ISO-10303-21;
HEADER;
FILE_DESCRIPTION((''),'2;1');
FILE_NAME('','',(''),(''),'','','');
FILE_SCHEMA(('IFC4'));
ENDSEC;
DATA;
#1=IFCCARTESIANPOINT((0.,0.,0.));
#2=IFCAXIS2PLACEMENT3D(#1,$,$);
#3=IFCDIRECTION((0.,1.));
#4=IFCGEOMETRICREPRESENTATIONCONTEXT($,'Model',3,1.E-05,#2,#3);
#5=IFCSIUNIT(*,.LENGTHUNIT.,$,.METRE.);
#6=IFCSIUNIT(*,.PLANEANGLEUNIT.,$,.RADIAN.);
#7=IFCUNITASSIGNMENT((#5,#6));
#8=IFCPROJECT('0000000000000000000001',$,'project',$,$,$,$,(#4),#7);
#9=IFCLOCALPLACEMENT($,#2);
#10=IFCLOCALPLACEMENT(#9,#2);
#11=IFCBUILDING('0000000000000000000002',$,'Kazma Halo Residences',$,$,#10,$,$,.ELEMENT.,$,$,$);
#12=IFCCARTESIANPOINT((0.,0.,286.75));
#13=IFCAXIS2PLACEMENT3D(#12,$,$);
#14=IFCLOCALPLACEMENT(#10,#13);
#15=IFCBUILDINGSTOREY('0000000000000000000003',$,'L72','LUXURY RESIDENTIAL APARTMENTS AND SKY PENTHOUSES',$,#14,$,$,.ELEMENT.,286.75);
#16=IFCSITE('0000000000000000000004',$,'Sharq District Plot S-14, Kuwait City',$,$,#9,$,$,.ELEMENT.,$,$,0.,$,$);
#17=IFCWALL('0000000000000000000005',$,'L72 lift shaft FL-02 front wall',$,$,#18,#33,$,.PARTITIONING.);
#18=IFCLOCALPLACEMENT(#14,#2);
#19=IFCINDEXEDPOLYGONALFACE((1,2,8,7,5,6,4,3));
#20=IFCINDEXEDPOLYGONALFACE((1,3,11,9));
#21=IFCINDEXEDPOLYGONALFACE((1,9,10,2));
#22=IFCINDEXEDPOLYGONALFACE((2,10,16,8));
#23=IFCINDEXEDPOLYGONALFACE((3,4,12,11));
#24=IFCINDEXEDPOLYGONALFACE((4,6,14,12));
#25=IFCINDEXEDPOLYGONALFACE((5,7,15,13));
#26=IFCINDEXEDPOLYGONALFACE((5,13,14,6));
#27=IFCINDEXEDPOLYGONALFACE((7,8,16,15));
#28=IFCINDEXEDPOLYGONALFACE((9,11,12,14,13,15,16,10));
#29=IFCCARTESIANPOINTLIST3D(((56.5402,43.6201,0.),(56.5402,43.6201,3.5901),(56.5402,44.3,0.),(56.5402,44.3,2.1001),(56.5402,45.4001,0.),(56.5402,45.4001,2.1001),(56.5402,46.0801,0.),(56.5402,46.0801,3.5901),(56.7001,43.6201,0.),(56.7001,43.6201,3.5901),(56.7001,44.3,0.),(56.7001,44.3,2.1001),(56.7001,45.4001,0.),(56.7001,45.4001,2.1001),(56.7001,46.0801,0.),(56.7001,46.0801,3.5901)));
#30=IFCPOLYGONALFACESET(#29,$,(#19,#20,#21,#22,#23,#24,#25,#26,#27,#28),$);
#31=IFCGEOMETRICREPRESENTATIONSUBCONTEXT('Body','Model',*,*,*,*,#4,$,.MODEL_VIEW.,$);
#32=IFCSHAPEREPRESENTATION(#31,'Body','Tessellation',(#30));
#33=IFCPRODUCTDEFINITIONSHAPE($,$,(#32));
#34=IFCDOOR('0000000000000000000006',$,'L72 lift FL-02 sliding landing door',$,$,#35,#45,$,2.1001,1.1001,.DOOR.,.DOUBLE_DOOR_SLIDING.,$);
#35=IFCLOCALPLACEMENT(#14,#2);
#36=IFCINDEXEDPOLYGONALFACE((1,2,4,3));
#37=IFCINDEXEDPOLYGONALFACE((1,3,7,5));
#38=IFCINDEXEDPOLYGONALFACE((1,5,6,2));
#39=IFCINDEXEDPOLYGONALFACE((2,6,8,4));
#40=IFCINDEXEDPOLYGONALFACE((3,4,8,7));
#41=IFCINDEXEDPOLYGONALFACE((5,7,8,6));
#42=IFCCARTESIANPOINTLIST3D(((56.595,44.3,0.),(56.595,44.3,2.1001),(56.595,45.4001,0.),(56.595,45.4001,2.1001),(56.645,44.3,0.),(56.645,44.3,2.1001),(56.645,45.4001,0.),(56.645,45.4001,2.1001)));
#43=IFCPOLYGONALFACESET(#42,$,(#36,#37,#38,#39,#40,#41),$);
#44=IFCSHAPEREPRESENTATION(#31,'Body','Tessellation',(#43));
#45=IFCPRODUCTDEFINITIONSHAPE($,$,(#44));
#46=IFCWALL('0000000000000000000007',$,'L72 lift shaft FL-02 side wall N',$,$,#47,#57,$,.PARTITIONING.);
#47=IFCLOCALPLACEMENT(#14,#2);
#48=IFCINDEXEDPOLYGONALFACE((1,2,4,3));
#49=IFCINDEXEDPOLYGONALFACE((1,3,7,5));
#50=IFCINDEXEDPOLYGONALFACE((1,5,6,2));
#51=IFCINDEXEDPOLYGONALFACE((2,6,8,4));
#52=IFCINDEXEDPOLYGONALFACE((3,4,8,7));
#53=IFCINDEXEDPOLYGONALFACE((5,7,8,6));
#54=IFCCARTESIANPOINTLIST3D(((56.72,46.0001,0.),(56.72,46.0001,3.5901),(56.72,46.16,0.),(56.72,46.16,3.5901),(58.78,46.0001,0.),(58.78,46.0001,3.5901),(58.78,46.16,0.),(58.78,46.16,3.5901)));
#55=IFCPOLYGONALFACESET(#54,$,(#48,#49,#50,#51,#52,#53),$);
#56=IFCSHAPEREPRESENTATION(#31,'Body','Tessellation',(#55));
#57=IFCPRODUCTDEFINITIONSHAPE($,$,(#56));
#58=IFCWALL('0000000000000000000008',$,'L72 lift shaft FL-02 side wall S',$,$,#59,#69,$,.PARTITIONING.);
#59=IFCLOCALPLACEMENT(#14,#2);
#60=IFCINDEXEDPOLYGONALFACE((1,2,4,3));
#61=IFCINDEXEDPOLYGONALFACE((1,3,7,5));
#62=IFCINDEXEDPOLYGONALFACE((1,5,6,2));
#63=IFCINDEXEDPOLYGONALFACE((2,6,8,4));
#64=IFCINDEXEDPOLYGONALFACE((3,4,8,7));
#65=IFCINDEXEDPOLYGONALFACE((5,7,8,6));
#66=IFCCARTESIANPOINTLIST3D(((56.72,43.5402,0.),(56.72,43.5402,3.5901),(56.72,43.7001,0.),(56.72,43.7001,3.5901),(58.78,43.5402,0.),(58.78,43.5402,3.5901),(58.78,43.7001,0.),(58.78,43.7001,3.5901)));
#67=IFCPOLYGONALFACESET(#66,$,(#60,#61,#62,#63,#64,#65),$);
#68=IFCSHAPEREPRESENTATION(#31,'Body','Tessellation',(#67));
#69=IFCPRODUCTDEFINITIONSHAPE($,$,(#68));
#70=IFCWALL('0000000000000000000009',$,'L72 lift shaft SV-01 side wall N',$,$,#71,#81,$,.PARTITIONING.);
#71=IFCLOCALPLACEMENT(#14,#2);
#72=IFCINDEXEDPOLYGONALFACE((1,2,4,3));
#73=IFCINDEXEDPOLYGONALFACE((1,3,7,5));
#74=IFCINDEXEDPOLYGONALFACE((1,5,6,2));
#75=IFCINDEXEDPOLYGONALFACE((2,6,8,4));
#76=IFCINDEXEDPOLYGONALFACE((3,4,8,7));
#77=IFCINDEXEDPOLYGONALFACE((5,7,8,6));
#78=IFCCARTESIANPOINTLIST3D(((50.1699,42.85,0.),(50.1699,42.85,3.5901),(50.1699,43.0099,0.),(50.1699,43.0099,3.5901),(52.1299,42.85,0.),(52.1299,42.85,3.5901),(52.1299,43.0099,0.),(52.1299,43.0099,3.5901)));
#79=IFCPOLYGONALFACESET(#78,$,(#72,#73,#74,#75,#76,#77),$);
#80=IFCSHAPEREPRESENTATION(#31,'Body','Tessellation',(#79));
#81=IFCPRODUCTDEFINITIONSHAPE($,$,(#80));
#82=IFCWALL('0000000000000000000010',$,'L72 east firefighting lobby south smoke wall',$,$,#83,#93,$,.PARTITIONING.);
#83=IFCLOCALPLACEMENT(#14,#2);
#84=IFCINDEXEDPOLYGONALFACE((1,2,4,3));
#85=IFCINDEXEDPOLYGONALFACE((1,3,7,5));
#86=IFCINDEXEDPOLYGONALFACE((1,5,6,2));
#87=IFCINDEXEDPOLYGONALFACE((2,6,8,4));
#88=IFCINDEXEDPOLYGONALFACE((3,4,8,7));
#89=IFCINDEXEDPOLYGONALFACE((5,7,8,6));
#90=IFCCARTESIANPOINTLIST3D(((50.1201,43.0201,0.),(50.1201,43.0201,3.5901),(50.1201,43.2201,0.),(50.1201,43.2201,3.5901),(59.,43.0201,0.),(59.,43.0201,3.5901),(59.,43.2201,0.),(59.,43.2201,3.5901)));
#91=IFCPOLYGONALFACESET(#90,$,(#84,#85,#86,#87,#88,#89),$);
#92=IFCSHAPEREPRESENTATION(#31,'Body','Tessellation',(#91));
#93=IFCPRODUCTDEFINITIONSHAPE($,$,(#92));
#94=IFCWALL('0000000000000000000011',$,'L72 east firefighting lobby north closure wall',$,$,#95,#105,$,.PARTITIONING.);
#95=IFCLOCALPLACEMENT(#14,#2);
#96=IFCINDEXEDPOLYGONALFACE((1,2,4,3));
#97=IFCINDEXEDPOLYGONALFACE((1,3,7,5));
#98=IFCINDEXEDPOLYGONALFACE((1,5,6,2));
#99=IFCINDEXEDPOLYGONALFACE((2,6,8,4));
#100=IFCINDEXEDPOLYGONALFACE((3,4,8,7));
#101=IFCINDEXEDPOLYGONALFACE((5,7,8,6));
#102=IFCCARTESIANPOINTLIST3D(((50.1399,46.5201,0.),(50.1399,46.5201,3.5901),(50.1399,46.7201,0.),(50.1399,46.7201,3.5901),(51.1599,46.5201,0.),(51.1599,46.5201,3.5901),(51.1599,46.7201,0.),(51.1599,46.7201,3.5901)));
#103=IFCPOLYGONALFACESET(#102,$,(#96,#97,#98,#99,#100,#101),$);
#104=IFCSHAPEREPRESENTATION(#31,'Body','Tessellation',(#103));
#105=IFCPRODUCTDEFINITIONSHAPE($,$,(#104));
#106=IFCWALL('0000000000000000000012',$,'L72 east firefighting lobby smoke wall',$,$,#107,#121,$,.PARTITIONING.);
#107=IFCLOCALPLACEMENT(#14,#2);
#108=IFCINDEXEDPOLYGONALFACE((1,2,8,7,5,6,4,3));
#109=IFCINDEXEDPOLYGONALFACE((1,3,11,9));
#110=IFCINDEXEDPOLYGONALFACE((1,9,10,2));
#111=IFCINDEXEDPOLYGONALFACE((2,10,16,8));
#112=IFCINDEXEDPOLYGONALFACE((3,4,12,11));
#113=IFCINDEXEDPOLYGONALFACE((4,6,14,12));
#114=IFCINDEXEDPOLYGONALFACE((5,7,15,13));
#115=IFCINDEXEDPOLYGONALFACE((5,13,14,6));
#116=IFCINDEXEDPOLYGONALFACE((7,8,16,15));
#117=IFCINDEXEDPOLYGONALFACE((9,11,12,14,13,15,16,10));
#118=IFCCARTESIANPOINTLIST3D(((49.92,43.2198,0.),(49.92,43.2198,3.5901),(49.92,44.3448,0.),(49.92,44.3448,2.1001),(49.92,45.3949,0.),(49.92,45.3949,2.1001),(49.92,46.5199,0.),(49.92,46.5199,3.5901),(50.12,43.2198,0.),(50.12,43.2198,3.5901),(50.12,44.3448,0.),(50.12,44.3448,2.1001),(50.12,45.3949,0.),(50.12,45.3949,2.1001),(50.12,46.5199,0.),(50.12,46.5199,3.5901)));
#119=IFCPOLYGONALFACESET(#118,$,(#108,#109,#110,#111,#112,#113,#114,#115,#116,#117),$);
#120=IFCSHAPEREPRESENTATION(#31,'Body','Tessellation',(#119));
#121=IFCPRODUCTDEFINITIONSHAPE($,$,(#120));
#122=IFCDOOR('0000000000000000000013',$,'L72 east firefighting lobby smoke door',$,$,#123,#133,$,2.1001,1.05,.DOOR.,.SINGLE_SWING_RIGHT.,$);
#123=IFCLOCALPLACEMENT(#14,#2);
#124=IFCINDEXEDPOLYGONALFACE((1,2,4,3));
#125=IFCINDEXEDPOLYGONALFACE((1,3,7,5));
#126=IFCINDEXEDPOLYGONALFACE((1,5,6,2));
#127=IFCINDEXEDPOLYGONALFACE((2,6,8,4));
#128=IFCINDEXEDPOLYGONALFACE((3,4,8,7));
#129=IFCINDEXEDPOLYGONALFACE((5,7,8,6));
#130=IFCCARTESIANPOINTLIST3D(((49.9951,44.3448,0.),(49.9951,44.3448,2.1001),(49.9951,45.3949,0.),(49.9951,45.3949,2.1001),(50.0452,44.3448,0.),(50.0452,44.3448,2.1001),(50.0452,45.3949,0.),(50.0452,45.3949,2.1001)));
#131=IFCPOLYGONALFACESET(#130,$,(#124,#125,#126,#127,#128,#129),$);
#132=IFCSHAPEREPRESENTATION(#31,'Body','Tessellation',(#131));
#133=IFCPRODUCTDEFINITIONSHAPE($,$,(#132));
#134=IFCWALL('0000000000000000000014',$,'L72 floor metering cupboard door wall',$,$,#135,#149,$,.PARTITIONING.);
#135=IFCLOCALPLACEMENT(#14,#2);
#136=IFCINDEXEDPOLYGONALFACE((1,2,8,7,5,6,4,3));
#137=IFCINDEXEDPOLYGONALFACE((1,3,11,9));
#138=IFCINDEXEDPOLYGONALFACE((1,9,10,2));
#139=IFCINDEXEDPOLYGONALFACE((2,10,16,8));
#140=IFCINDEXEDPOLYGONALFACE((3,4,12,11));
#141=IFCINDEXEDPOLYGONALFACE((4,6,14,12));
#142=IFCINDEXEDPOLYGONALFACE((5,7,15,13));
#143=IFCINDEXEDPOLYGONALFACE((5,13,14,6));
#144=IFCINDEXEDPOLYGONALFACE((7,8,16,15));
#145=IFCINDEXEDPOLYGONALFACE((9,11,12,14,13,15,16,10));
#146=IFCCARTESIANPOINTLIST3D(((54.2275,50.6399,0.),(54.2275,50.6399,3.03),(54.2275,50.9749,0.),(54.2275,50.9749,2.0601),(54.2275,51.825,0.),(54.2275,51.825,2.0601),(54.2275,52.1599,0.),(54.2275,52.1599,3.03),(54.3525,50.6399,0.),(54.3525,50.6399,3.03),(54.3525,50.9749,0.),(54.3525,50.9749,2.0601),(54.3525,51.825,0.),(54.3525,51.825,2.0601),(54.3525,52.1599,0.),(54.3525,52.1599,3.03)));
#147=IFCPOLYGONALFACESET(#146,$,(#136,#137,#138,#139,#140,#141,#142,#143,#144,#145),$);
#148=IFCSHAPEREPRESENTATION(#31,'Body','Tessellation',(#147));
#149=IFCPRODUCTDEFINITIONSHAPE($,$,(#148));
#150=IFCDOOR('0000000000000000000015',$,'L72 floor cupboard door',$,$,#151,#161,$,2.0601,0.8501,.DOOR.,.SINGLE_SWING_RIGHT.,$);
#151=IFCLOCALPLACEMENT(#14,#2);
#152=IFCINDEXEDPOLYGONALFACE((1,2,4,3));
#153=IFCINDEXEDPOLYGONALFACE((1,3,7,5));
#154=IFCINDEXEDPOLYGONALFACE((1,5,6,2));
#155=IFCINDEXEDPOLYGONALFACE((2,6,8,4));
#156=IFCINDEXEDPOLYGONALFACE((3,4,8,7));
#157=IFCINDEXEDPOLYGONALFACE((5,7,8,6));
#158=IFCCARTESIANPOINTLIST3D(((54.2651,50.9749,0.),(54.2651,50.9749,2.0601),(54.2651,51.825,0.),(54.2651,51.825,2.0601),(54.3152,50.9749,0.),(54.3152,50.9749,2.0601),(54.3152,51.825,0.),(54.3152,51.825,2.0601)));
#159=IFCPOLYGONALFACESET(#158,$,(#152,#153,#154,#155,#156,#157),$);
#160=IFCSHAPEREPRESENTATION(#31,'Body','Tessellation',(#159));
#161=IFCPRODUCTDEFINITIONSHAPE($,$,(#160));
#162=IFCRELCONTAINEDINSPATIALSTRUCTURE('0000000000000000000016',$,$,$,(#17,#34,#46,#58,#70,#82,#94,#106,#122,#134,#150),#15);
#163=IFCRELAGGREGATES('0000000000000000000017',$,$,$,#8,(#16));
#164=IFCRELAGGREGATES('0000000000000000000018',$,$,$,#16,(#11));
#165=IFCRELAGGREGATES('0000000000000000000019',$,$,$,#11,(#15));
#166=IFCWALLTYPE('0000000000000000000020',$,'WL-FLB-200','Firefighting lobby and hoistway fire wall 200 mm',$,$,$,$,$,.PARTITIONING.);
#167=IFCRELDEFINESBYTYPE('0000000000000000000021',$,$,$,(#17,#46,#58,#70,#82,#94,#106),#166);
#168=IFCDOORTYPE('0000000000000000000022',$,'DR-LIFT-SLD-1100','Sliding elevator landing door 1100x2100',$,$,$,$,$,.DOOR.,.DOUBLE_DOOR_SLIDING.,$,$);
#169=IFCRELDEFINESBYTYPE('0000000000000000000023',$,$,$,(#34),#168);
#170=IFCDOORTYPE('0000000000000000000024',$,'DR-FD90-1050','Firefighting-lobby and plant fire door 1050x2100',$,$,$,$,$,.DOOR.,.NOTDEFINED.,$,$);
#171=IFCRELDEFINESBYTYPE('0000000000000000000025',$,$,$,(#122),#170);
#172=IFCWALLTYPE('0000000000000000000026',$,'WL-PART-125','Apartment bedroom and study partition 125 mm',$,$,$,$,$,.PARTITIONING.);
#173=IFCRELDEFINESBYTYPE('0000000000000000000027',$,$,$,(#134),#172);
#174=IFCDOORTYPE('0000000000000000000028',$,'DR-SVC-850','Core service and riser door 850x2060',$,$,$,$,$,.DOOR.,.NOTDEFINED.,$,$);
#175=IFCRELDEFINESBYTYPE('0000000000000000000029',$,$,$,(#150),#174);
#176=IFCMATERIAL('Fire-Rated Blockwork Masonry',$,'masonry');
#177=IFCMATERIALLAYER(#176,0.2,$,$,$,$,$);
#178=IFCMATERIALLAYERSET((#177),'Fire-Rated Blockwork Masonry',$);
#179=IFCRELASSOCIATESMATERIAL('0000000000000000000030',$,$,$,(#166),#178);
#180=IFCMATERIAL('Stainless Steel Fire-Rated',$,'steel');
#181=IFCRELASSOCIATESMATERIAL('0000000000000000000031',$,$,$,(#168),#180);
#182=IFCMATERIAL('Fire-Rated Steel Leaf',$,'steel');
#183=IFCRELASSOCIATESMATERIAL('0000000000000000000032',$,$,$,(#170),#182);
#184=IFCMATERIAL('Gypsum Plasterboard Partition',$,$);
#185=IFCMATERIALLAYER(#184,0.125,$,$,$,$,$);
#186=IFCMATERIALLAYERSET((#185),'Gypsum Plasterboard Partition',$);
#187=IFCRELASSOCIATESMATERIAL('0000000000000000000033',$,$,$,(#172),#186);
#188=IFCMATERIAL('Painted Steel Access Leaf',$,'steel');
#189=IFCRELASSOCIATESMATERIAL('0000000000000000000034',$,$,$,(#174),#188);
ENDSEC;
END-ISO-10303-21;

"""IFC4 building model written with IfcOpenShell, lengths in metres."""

from ifc_helpers import new_model, si_unit, direction, frame, frame_2d, origin, place, context, subcontext, project, spatial, rectangle, extrude, material, layer, layer_set, type_object, element, fill, save


model = new_model("IFC4")

# Units and contexts
model_context = context("Model", 3, precision=1e-05, world=origin(), true_north=direction((0.0, 1.0)))
body_context = subcontext(model_context, "Body", "Model", "MODEL_VIEW")
ifc_project = project(units=[si_unit("LENGTHUNIT", "METRE"), si_unit("PLANEANGLEUNIT", "RADIAN")], contexts=[model_context])

# Site, building, storey
site_placement = place(None, origin())
site = spatial("IfcSite", under=ifc_project, at=site_placement, Name="Sharq District Plot S-14, Kuwait City", CompositionType="ELEMENT", RefElevation=0.0)
building_placement = place(site_placement, origin())
building = spatial("IfcBuilding", under=site, at=building_placement, Name="Kazma Halo Residences", CompositionType="ELEMENT")
storey_placement = place(building_placement, frame((0.0, 0.0, 286.75)))
storey = spatial("IfcBuildingStorey", under=building, at=storey_placement, Name="L72", Description="LUXURY RESIDENTIAL APARTMENTS AND SKY PENTHOUSES", CompositionType="ELEMENT", Elevation=286.75)

# Shared definitions
ifc_material_1 = material(Name="Fire-Rated Blockwork Masonry", Category="masonry")
ifc_layer_1 = layer(ifc_material_1, 0.2)
ifc_layer_set_1 = layer_set([ifc_layer_1], Name="Fire-Rated Blockwork Masonry")
wall_type_1 = type_object("IfcWallType", Name="WL-FLB-200", Description="Firefighting lobby and hoistway fire wall 200 mm", PredefinedType="PARTITIONING", material=ifc_layer_set_1)

# Wall, opening, door
wall_1_placement = place(storey_placement, frame((56.6201, 46.0801, 0.0), z_axis=(0.0, 0.0, 1.0), x_axis=(0.0, -1.0, 0.0)))
wall_1 = element("IfcWall", 1, at=wall_1_placement, inside=storey, type_object=wall_type_1, Name="L72 lift shaft FL-02 front wall", PredefinedType="PARTITIONING", context=body_context, shape_type="SweptSolid", body=[
    extrude(rectangle(XDim=2.46, YDim=0.1599, at=frame_2d((1.23, 0.0))), origin(), (0.0, 0.0, 1.0), 3.5901),
])
opening_1_placement = place(wall_1_placement, frame((0.6799, 0.0, 0.0)))
opening_1 = element("IfcOpeningElement", 2, at=opening_1_placement, cuts=wall_1, PredefinedType="OPENING", context=body_context, shape_type="SweptSolid", body=[
    extrude(rectangle(XDim=1.1001, YDim=2.1001, at=frame_2d((0.55, 1.05))), frame((0.0, 0.0898, 0.0), z_axis=(0.0, -1.0, 0.0), x_axis=(1.0, 0.0, 0.0)), (0.0, 0.0, 1.0), 0.1799),
])
ifc_material_2 = material(Name="Stainless Steel Fire-Rated", Category="steel")
door_type_1 = type_object("IfcDoorType", Name="DR-LIFT-SLD-1100", Description="Sliding elevator landing door 1100x2100", OperationType="DOUBLE_DOOR_SLIDING", PredefinedType="DOOR", material=ifc_material_2)
door_1_placement = place(opening_1_placement, origin())
door_1 = element("IfcDoor", 3, at=door_1_placement, inside=storey, type_object=door_type_1, Name="L72 lift FL-02 sliding landing door", OperationType="DOUBLE_DOOR_SLIDING", OverallHeight=2.1001, OverallWidth=1.1001, PredefinedType="DOOR", context=body_context, shape_type="SweptSolid", body=[
    extrude(rectangle(XDim=1.1001, YDim=2.1001, at=frame_2d((0.55, 1.05))), frame((0.0, 0.0249, 0.0), z_axis=(0.0, -1.0, 0.0), x_axis=(1.0, 0.0, 0.0)), (0.0, 0.0, 1.0), 0.05),
])
fill(opening_1, door_1)

# Walls
for number, where, z_axis, x_axis, name in (
    (4, (56.72, 46.0801, 0.0), (0.0, 0.0, 1.0), (1.0, 0.0, 0.0), "L72 lift shaft FL-02 side wall N"),
    (5, (56.72, 43.6201, 0.0), (0.0, 0.0, 1.0), (1.0, 0.0, 0.0), "L72 lift shaft FL-02 side wall S"),
):
    element("IfcWall", number, at=place(storey_placement, frame(where, z_axis=z_axis, x_axis=x_axis)), inside=storey, type_object=wall_type_1, Name=name, PredefinedType="PARTITIONING", context=body_context, shape_type="SweptSolid", body=[
        extrude(rectangle(XDim=2.0601, YDim=0.1599, at=frame_2d((1.03, 0.0))), origin(), (0.0, 0.0, 1.0), 3.5901),
    ])
wall_2_placement = place(storey_placement, frame((50.1699, 42.9299, 0.0), z_axis=(0.0, 0.0, 1.0), x_axis=(1.0, 0.0, 0.0)))
element("IfcWall", 6, at=wall_2_placement, inside=storey, type_object=wall_type_1, Name="L72 lift shaft SV-01 side wall N", PredefinedType="PARTITIONING", context=body_context, shape_type="SweptSolid", body=[
    extrude(rectangle(XDim=1.96, YDim=0.1599, at=frame_2d((0.98, 0.0))), origin(), (0.0, 0.0, 1.0), 3.5901),
])
wall_3_placement = place(storey_placement, frame((50.1201, 43.1201, 0.0), z_axis=(0.0, 0.0, 1.0), x_axis=(1.0, 0.0, 0.0)))
element("IfcWall", 7, at=wall_3_placement, inside=storey, type_object=wall_type_1, Name="L72 east firefighting lobby south smoke wall", PredefinedType="PARTITIONING", context=body_context, shape_type="SweptSolid", body=[
    extrude(rectangle(XDim=8.8799, YDim=0.2, at=frame_2d((4.4399, 0.0))), origin(), (0.0, 0.0, 1.0), 3.5901),
])
wall_4_placement = place(storey_placement, frame((50.1399, 46.6201, 0.0), z_axis=(0.0, 0.0, 1.0), x_axis=(1.0, 0.0, 0.0)))
element("IfcWall", 8, at=wall_4_placement, inside=storey, type_object=wall_type_1, Name="L72 east firefighting lobby north closure wall", PredefinedType="PARTITIONING", context=body_context, shape_type="SweptSolid", body=[
    extrude(rectangle(XDim=1.02, YDim=0.2, at=frame_2d((0.51, 0.0))), origin(), (0.0, 0.0, 1.0), 3.5901),
])

# Walls, openings, doors
wall_5_placement = place(storey_placement, frame((50.02, 43.22, 0.0), z_axis=(0.0, 0.0, 1.0), x_axis=(0.0, 1.0, 0.0)))
wall_5 = element("IfcWall", 9, at=wall_5_placement, inside=storey, type_object=wall_type_1, Name="L72 east firefighting lobby smoke wall", PredefinedType="PARTITIONING", context=body_context, shape_type="SweptSolid", body=[
    extrude(rectangle(XDim=3.3, YDim=0.2, at=frame_2d((1.6499, 0.0))), origin(), (0.0, 0.0, 1.0), 3.5901),
])
opening_2_placement = place(wall_5_placement, frame((1.125, 0.0, 0.0)))
opening_2 = element("IfcOpeningElement", 10, at=opening_2_placement, cuts=wall_5, PredefinedType="OPENING", context=body_context, shape_type="SweptSolid", body=[
    extrude(rectangle(XDim=1.05, YDim=2.1001, at=frame_2d((0.5249, 1.05))), frame((0.0, 0.1099, 0.0), z_axis=(0.0, -1.0, 0.0), x_axis=(1.0, 0.0, 0.0)), (0.0, 0.0, 1.0), 0.22),
])
ifc_material_3 = material(Name="Fire-Rated Steel Leaf", Category="steel")
door_type_2 = type_object("IfcDoorType", Name="DR-FD90-1050", Description="Firefighting-lobby and plant fire door 1050x2100", OperationType="NOTDEFINED", PredefinedType="DOOR", material=ifc_material_3)
door_2_placement = place(opening_2_placement, origin())
door_2 = element("IfcDoor", 11, at=door_2_placement, inside=storey, type_object=door_type_2, Name="L72 east firefighting lobby smoke door", OperationType="SINGLE_SWING_RIGHT", OverallHeight=2.1001, OverallWidth=1.05, PredefinedType="DOOR", context=body_context, shape_type="SweptSolid", body=[
    extrude(rectangle(XDim=1.05, YDim=2.1001, at=frame_2d((0.5249, 1.05))), frame((0.0, 0.0249, 0.0), z_axis=(0.0, -1.0, 0.0), x_axis=(1.0, 0.0, 0.0)), (0.0, 0.0, 1.0), 0.05),
])
fill(opening_2, door_2)
ifc_material_4 = material(Name="Gypsum Plasterboard Partition")
ifc_layer_2 = layer(ifc_material_4, 0.125)
ifc_layer_set_2 = layer_set([ifc_layer_2], Name="Gypsum Plasterboard Partition")
wall_type_2 = type_object("IfcWallType", Name="WL-PART-125", Description="Apartment bedroom and study partition 125 mm", PredefinedType="PARTITIONING", material=ifc_layer_set_2)
wall_6_placement = place(storey_placement, frame((54.29, 50.6399, 0.0), z_axis=(0.0, 0.0, 1.0), x_axis=(0.0, 1.0, 0.0)))
wall_6 = element("IfcWall", 12, at=wall_6_placement, inside=storey, type_object=wall_type_2, Name="L72 floor metering cupboard door wall", PredefinedType="PARTITIONING", context=body_context, shape_type="SweptSolid", body=[
    extrude(rectangle(XDim=1.52, YDim=0.125, at=frame_2d((0.76, 0.0))), origin(), (0.0, 0.0, 1.0), 3.03),
])
opening_3_placement = place(wall_6_placement, frame((0.335, 0.0, 0.0)))
opening_3 = element("IfcOpeningElement", 13, at=opening_3_placement, cuts=wall_6, PredefinedType="OPENING", context=body_context, shape_type="SweptSolid", body=[
    extrude(rectangle(XDim=0.8501, YDim=2.0601, at=frame_2d((0.425, 1.03))), frame((0.0, 0.0725, 0.0), z_axis=(0.0, -1.0, 0.0), x_axis=(1.0, 0.0, 0.0)), (0.0, 0.0, 1.0), 0.145),
])
ifc_material_5 = material(Name="Painted Steel Access Leaf", Category="steel")
door_type_3 = type_object("IfcDoorType", Name="DR-SVC-850", Description="Core service and riser door 850x2060", OperationType="NOTDEFINED", PredefinedType="DOOR", material=ifc_material_5)
door_3_placement = place(opening_3_placement, origin())
door_3 = element("IfcDoor", 14, at=door_3_placement, inside=storey, type_object=door_type_3, Name="L72 floor cupboard door", OperationType="SINGLE_SWING_RIGHT", OverallHeight=2.0601, OverallWidth=0.8501, PredefinedType="DOOR", context=body_context, shape_type="SweptSolid", body=[
    extrude(rectangle(XDim=0.8501, YDim=2.0601, at=frame_2d((0.425, 1.03))), frame((0.0, 0.0249, 0.0), z_axis=(0.0, -1.0, 0.0), x_axis=(1.0, 0.0, 0.0)), (0.0, 0.0, 1.0), 0.05),
])
fill(opening_3, door_3)

save(model, "model.ifc")
